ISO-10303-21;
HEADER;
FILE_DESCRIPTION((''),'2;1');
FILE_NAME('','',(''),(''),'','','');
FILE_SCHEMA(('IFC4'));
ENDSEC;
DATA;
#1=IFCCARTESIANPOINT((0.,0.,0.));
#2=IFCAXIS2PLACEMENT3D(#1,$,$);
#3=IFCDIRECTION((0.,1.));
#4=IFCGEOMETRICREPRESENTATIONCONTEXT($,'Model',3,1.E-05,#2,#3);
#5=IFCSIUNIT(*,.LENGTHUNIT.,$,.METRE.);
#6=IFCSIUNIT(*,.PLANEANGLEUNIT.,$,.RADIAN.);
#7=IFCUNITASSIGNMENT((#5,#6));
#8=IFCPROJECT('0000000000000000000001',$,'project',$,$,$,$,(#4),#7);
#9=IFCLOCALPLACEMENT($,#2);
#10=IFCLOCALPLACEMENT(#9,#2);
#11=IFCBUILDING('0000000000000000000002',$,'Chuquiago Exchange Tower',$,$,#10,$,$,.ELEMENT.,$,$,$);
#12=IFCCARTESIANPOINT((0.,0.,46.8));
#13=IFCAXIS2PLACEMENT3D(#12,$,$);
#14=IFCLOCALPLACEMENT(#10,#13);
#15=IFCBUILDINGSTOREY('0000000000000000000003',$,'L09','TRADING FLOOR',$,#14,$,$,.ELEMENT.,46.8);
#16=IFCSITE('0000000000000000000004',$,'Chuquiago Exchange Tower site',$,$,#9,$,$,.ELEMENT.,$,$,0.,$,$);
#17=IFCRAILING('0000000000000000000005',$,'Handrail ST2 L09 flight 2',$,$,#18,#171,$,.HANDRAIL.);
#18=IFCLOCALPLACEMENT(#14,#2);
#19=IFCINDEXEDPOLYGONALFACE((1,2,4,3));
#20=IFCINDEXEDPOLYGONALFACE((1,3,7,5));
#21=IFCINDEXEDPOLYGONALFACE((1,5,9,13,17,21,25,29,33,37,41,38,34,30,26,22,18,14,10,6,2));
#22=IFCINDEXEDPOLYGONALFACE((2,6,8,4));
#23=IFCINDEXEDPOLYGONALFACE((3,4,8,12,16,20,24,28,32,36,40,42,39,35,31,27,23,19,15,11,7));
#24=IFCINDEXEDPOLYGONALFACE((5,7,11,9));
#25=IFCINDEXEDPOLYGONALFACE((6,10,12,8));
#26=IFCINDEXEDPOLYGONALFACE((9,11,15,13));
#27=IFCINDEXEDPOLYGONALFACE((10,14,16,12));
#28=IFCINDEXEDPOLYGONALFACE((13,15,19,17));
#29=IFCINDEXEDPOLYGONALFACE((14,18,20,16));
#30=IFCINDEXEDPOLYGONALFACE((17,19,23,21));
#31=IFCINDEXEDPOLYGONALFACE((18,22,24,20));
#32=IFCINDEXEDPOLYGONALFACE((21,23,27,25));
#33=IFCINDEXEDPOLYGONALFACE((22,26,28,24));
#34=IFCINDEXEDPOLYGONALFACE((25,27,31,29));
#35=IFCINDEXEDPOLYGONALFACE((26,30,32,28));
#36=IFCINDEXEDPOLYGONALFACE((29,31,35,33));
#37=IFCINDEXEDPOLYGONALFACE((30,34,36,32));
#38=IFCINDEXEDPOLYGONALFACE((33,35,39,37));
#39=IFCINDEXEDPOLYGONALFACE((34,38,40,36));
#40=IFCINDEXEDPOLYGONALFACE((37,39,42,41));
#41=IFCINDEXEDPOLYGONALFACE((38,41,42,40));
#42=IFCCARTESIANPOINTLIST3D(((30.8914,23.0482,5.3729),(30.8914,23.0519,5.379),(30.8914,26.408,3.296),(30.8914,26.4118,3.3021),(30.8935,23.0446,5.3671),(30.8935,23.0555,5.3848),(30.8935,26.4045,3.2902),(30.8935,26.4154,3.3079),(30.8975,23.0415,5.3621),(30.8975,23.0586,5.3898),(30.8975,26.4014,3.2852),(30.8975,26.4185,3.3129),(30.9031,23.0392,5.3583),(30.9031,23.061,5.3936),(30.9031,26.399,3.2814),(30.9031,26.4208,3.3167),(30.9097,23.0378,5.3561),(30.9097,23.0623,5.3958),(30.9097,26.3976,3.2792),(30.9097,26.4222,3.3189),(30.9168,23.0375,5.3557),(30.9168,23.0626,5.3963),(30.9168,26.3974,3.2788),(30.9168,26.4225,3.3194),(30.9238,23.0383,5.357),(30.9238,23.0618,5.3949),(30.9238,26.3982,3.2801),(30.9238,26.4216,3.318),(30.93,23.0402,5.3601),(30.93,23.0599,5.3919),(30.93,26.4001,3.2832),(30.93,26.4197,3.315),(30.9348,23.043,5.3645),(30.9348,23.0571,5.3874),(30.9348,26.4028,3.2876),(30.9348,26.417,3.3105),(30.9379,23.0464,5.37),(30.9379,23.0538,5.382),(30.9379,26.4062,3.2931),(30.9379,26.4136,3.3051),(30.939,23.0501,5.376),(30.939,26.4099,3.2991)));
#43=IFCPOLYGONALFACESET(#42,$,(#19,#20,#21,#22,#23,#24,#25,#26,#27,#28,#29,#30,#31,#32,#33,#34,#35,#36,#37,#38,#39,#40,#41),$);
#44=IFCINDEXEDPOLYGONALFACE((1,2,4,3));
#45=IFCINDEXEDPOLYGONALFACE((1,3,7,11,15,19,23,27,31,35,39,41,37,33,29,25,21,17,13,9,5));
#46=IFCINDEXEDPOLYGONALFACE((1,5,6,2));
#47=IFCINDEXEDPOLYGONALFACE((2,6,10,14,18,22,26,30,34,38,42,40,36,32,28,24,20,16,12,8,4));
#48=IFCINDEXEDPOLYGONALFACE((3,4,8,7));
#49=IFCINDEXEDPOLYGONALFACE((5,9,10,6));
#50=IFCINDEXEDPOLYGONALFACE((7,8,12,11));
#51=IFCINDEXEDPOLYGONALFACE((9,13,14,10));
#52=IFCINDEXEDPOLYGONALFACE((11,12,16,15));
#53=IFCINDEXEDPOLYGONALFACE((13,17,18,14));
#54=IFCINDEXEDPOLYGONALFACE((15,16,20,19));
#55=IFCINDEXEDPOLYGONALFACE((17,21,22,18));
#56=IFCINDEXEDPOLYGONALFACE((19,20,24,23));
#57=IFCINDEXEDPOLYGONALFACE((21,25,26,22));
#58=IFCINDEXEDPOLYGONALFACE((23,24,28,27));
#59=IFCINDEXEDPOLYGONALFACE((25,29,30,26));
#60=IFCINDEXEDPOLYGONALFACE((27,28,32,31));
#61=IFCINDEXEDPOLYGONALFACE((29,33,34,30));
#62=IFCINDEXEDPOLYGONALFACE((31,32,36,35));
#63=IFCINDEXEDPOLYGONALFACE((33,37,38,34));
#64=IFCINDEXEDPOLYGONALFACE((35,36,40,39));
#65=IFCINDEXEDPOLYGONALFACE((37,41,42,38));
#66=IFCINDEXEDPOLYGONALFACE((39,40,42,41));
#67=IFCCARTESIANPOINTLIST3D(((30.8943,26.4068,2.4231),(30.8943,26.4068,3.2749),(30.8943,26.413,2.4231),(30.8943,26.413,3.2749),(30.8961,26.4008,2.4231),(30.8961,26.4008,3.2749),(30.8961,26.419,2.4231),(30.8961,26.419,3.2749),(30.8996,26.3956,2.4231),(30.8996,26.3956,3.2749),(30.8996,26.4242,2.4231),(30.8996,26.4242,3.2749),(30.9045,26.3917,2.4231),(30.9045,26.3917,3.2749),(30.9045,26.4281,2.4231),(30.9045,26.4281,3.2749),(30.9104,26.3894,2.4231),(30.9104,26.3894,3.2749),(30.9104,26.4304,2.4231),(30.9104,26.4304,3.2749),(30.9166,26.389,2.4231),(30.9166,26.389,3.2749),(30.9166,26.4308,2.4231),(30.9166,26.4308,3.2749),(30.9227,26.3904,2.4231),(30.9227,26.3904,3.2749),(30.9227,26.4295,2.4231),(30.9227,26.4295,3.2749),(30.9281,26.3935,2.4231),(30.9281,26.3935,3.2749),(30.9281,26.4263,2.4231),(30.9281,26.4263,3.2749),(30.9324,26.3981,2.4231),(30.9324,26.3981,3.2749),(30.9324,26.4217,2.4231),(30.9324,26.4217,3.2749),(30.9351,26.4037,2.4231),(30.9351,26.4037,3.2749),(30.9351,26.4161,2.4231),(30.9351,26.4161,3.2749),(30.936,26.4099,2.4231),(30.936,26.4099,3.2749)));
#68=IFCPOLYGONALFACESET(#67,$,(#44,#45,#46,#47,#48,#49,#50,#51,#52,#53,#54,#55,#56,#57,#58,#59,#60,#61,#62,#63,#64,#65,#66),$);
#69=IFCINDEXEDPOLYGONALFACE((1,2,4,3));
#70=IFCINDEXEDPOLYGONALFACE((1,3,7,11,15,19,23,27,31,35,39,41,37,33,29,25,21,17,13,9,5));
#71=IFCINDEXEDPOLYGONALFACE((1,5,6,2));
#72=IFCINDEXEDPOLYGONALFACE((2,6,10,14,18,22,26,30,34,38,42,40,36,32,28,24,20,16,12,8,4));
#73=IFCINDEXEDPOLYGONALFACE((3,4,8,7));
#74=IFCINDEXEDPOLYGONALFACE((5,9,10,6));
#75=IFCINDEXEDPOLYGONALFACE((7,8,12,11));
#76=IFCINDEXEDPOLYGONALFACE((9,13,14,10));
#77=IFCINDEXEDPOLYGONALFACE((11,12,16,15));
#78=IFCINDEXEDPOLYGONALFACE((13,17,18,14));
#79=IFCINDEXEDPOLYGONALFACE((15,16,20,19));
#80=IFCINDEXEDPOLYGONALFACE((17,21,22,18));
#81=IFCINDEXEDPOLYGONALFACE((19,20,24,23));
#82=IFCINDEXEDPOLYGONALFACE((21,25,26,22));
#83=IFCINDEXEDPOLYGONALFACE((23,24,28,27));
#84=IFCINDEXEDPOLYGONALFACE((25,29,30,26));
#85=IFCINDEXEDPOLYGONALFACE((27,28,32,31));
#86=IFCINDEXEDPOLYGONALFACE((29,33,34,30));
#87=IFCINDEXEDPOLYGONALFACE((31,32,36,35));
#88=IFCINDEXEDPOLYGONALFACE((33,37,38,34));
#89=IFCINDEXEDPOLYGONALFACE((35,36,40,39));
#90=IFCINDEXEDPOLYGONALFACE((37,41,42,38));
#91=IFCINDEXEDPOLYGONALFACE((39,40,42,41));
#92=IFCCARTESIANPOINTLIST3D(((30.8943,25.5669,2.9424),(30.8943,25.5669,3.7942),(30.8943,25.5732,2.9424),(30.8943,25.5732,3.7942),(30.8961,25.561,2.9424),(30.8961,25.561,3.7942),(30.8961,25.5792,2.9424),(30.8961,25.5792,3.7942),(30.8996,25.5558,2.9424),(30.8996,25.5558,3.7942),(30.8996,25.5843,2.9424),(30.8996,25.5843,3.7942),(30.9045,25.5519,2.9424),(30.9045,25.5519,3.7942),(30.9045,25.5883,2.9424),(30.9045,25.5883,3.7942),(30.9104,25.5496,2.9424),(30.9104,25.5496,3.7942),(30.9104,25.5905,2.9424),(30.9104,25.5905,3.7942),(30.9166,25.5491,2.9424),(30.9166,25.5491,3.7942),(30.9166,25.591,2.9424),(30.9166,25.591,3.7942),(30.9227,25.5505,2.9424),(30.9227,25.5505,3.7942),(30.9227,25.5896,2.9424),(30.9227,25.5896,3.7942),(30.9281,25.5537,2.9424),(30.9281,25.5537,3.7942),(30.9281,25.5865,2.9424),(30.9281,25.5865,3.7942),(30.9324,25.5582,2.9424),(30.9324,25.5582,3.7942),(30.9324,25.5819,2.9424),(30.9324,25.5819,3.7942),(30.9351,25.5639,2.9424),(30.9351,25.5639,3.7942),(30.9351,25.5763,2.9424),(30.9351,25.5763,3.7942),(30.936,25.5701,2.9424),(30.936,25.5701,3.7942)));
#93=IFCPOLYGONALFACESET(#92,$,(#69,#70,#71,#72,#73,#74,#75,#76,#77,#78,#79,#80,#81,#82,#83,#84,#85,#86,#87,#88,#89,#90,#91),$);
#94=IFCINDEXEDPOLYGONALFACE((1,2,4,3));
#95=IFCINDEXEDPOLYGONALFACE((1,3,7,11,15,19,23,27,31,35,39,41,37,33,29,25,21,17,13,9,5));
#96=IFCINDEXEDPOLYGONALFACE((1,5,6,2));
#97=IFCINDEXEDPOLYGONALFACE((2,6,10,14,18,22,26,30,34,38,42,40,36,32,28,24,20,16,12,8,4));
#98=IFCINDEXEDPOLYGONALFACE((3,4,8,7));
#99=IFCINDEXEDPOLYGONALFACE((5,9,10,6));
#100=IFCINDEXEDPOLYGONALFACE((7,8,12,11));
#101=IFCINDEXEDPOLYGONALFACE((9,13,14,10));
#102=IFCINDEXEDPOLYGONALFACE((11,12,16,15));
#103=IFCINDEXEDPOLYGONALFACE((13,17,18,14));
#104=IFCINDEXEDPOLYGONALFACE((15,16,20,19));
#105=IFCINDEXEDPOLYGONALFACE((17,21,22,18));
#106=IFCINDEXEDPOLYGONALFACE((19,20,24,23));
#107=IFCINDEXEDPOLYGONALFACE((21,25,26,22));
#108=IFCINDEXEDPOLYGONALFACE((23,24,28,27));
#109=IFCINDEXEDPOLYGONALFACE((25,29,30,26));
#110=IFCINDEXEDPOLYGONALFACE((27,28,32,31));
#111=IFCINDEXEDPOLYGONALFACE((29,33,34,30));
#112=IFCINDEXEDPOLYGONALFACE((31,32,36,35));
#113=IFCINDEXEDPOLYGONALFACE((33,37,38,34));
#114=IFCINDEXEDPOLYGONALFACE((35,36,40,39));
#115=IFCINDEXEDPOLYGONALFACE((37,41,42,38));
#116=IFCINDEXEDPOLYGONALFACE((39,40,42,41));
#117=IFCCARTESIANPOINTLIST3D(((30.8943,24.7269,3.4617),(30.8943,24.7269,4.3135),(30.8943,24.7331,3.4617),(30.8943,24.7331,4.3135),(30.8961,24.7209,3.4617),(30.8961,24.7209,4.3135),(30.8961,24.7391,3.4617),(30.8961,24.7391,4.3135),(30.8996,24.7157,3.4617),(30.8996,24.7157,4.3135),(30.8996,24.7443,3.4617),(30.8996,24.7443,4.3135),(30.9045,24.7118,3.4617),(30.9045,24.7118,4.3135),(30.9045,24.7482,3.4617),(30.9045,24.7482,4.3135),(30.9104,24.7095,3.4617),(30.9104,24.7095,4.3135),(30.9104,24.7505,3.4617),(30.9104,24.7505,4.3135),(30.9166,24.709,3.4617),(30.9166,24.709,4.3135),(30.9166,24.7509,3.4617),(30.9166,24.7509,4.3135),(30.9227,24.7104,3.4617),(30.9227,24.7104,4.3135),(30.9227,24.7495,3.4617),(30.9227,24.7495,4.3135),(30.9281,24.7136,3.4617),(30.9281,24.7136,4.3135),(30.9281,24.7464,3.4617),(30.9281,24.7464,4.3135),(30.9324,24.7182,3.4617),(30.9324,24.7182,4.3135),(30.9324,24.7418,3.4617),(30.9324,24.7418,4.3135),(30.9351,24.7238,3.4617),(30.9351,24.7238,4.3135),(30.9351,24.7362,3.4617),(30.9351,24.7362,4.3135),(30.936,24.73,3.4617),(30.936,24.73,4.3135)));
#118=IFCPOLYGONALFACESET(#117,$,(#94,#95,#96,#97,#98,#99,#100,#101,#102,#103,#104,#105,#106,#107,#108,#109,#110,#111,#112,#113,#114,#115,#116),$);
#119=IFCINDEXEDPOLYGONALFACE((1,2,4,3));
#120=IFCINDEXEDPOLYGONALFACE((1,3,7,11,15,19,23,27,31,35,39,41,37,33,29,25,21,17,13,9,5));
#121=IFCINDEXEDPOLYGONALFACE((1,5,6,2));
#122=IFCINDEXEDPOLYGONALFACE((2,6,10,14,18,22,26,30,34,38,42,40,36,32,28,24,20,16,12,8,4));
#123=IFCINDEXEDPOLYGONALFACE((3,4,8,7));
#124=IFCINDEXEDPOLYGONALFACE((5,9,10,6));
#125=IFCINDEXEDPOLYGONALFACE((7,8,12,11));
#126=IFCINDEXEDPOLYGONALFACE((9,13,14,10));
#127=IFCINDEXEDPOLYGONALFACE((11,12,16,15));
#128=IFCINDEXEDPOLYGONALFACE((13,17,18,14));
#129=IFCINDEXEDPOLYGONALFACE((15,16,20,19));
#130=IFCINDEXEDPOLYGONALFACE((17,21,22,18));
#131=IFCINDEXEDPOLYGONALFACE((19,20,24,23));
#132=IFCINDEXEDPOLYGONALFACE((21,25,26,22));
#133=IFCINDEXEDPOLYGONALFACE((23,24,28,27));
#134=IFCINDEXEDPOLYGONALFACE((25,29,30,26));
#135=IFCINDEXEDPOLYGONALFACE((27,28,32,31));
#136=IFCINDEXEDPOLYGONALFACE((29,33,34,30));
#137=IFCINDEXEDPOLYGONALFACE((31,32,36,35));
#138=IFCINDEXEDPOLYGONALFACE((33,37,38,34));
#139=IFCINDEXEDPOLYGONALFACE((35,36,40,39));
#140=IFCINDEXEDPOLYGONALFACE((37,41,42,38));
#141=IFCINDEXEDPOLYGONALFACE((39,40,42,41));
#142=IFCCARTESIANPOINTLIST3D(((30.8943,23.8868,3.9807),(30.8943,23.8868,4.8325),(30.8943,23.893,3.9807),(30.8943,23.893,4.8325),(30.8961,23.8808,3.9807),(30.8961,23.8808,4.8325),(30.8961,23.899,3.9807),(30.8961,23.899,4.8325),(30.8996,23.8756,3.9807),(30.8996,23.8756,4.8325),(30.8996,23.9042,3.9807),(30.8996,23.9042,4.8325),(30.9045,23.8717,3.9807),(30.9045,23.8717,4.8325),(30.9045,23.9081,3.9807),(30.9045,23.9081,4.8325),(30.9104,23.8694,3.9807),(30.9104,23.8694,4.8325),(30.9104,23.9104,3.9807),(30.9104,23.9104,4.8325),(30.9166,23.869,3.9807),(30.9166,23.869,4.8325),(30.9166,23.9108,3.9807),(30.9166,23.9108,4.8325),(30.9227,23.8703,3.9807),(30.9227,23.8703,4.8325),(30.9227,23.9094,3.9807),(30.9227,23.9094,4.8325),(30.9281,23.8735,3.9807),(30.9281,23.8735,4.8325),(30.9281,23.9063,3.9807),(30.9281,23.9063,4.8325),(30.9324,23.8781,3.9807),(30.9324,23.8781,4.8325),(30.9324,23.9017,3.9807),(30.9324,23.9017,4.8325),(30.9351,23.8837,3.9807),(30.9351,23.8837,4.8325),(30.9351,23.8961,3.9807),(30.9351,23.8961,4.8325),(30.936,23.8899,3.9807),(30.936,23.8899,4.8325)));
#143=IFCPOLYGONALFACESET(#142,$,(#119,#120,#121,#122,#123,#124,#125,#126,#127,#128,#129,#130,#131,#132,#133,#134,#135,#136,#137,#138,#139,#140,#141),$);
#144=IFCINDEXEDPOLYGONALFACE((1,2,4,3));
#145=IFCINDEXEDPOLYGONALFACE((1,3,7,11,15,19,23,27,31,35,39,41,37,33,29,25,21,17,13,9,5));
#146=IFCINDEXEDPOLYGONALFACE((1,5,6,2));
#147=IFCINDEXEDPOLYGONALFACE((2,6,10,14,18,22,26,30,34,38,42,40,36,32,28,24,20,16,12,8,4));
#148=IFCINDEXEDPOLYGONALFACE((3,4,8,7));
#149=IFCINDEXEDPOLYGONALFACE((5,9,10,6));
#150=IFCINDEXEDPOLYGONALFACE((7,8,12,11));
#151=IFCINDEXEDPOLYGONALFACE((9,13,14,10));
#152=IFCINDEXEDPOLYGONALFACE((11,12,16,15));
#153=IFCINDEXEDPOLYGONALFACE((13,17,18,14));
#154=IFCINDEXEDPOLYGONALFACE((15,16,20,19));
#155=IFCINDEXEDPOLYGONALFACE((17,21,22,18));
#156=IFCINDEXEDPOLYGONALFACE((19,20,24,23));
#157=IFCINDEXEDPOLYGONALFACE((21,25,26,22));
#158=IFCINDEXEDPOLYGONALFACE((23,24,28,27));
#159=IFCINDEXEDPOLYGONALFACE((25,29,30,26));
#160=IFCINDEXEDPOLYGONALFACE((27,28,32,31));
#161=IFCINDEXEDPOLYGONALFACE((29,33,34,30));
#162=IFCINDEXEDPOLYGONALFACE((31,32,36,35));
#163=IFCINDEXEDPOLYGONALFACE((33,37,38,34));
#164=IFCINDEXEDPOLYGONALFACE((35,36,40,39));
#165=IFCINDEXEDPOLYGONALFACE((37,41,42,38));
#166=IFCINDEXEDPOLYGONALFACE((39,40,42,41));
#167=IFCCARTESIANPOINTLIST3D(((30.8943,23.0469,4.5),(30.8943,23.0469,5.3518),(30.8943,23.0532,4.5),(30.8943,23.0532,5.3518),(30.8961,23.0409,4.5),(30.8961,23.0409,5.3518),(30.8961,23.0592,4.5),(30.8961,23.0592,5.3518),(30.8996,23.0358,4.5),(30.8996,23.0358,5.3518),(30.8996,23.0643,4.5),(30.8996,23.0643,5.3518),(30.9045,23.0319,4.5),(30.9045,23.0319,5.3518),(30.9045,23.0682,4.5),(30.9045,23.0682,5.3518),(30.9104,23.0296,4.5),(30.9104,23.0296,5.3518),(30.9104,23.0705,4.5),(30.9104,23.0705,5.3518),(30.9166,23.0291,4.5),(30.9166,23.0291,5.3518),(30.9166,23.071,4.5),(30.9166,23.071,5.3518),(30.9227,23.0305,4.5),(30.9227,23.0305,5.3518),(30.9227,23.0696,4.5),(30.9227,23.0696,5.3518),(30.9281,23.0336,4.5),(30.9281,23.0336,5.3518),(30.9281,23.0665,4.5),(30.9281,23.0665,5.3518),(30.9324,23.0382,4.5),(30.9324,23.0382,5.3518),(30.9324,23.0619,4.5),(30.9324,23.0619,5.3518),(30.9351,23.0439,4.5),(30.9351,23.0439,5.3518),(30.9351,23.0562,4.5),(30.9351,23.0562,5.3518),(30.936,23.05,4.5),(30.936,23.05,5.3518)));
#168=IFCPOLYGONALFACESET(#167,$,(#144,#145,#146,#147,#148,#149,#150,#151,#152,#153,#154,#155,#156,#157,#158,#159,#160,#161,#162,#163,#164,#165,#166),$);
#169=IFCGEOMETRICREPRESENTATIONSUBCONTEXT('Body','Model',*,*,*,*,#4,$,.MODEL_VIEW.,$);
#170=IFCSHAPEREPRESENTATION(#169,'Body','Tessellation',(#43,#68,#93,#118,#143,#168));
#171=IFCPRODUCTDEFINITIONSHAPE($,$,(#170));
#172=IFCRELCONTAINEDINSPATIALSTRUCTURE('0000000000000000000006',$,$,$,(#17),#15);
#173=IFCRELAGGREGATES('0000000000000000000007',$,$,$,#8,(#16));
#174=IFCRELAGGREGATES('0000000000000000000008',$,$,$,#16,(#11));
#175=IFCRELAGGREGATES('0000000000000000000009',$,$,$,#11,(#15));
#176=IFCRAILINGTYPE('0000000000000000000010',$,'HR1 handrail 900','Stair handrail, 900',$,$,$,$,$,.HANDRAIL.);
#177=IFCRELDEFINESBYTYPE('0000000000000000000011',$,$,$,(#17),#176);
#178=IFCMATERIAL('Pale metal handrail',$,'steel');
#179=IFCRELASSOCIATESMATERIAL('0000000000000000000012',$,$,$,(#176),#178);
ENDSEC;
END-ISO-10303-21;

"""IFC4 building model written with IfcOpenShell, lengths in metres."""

from ifc_helpers import new_model, si_unit, direction, frame, origin, origin_2d, place, context, subcontext, project, spatial, circle, extrude, material, type_object, element, save


model = new_model("IFC4")

# Units and contexts
model_context = context("Model", 3, precision=1e-05, world=origin(), true_north=direction((0.0, 1.0)))
body_context = subcontext(model_context, "Body", "Model", "MODEL_VIEW")
ifc_project = project(units=[si_unit("LENGTHUNIT", "METRE"), si_unit("PLANEANGLEUNIT", "RADIAN")], contexts=[model_context])

# Site, building, storey
site_placement = place(None, origin())
site = spatial("IfcSite", under=ifc_project, at=site_placement, Name="Chuquiago Exchange Tower site", CompositionType="ELEMENT", RefElevation=0.0)
building_placement = place(site_placement, origin())
building = spatial("IfcBuilding", under=site, at=building_placement, Name="Chuquiago Exchange Tower", CompositionType="ELEMENT")
storey_placement = place(building_placement, frame((0.0, 0.0, 46.8)))
storey = spatial("IfcBuildingStorey", under=building, at=storey_placement, Name="L09", Description="TRADING FLOOR", CompositionType="ELEMENT", Elevation=46.8)

# Railing
ifc_material_1 = material(Name="Pale metal handrail", Category="steel")
railing_type_1 = type_object("IfcRailingType", Name="HR1 handrail 900", Description="Stair handrail, 900", PredefinedType="HANDRAIL", material=ifc_material_1)
for number, where, name in (
    (1, (30.915, 26.4099, 2.4231), "Handrail ST2 L09 flight 2"),
):
    element("IfcRailing", number, at=place(storey_placement, frame(where)), inside=storey, type_object=railing_type_1, Name=name, PredefinedType="HANDRAIL", context=body_context, shape_type="SweptSolid", body=[
        extrude(circle(Radius=0.0239, at=origin_2d()), frame((0.0, 0.0, 0.876), z_axis=(0.0, -0.850606, 0.525803), x_axis=(1.0, 0.0, 0.0)), (0.0, 0.0, 1.0), 3.95),
        extrude(circle(Radius=0.021, at=origin_2d()), origin(), (0.0, 0.0, 1.0), 0.8518),
        extrude(circle(Radius=0.021, at=origin_2d()), frame((0.0, -0.8398, 0.5193)), (0.0, 0.0, 1.0), 0.8518),
        extrude(circle(Radius=0.021, at=origin_2d()), frame((0.0, -1.6799, 1.0386)), (0.0, 0.0, 1.0), 0.8518),
        extrude(circle(Radius=0.021, at=origin_2d()), frame((0.0, -2.52, 1.5576)), (0.0, 0.0, 1.0), 0.8518),
        extrude(circle(Radius=0.021, at=origin_2d()), frame((0.0, -3.3599, 2.0769)), (0.0, 0.0, 1.0), 0.8518),
    ])

save(model, "model.ifc")
